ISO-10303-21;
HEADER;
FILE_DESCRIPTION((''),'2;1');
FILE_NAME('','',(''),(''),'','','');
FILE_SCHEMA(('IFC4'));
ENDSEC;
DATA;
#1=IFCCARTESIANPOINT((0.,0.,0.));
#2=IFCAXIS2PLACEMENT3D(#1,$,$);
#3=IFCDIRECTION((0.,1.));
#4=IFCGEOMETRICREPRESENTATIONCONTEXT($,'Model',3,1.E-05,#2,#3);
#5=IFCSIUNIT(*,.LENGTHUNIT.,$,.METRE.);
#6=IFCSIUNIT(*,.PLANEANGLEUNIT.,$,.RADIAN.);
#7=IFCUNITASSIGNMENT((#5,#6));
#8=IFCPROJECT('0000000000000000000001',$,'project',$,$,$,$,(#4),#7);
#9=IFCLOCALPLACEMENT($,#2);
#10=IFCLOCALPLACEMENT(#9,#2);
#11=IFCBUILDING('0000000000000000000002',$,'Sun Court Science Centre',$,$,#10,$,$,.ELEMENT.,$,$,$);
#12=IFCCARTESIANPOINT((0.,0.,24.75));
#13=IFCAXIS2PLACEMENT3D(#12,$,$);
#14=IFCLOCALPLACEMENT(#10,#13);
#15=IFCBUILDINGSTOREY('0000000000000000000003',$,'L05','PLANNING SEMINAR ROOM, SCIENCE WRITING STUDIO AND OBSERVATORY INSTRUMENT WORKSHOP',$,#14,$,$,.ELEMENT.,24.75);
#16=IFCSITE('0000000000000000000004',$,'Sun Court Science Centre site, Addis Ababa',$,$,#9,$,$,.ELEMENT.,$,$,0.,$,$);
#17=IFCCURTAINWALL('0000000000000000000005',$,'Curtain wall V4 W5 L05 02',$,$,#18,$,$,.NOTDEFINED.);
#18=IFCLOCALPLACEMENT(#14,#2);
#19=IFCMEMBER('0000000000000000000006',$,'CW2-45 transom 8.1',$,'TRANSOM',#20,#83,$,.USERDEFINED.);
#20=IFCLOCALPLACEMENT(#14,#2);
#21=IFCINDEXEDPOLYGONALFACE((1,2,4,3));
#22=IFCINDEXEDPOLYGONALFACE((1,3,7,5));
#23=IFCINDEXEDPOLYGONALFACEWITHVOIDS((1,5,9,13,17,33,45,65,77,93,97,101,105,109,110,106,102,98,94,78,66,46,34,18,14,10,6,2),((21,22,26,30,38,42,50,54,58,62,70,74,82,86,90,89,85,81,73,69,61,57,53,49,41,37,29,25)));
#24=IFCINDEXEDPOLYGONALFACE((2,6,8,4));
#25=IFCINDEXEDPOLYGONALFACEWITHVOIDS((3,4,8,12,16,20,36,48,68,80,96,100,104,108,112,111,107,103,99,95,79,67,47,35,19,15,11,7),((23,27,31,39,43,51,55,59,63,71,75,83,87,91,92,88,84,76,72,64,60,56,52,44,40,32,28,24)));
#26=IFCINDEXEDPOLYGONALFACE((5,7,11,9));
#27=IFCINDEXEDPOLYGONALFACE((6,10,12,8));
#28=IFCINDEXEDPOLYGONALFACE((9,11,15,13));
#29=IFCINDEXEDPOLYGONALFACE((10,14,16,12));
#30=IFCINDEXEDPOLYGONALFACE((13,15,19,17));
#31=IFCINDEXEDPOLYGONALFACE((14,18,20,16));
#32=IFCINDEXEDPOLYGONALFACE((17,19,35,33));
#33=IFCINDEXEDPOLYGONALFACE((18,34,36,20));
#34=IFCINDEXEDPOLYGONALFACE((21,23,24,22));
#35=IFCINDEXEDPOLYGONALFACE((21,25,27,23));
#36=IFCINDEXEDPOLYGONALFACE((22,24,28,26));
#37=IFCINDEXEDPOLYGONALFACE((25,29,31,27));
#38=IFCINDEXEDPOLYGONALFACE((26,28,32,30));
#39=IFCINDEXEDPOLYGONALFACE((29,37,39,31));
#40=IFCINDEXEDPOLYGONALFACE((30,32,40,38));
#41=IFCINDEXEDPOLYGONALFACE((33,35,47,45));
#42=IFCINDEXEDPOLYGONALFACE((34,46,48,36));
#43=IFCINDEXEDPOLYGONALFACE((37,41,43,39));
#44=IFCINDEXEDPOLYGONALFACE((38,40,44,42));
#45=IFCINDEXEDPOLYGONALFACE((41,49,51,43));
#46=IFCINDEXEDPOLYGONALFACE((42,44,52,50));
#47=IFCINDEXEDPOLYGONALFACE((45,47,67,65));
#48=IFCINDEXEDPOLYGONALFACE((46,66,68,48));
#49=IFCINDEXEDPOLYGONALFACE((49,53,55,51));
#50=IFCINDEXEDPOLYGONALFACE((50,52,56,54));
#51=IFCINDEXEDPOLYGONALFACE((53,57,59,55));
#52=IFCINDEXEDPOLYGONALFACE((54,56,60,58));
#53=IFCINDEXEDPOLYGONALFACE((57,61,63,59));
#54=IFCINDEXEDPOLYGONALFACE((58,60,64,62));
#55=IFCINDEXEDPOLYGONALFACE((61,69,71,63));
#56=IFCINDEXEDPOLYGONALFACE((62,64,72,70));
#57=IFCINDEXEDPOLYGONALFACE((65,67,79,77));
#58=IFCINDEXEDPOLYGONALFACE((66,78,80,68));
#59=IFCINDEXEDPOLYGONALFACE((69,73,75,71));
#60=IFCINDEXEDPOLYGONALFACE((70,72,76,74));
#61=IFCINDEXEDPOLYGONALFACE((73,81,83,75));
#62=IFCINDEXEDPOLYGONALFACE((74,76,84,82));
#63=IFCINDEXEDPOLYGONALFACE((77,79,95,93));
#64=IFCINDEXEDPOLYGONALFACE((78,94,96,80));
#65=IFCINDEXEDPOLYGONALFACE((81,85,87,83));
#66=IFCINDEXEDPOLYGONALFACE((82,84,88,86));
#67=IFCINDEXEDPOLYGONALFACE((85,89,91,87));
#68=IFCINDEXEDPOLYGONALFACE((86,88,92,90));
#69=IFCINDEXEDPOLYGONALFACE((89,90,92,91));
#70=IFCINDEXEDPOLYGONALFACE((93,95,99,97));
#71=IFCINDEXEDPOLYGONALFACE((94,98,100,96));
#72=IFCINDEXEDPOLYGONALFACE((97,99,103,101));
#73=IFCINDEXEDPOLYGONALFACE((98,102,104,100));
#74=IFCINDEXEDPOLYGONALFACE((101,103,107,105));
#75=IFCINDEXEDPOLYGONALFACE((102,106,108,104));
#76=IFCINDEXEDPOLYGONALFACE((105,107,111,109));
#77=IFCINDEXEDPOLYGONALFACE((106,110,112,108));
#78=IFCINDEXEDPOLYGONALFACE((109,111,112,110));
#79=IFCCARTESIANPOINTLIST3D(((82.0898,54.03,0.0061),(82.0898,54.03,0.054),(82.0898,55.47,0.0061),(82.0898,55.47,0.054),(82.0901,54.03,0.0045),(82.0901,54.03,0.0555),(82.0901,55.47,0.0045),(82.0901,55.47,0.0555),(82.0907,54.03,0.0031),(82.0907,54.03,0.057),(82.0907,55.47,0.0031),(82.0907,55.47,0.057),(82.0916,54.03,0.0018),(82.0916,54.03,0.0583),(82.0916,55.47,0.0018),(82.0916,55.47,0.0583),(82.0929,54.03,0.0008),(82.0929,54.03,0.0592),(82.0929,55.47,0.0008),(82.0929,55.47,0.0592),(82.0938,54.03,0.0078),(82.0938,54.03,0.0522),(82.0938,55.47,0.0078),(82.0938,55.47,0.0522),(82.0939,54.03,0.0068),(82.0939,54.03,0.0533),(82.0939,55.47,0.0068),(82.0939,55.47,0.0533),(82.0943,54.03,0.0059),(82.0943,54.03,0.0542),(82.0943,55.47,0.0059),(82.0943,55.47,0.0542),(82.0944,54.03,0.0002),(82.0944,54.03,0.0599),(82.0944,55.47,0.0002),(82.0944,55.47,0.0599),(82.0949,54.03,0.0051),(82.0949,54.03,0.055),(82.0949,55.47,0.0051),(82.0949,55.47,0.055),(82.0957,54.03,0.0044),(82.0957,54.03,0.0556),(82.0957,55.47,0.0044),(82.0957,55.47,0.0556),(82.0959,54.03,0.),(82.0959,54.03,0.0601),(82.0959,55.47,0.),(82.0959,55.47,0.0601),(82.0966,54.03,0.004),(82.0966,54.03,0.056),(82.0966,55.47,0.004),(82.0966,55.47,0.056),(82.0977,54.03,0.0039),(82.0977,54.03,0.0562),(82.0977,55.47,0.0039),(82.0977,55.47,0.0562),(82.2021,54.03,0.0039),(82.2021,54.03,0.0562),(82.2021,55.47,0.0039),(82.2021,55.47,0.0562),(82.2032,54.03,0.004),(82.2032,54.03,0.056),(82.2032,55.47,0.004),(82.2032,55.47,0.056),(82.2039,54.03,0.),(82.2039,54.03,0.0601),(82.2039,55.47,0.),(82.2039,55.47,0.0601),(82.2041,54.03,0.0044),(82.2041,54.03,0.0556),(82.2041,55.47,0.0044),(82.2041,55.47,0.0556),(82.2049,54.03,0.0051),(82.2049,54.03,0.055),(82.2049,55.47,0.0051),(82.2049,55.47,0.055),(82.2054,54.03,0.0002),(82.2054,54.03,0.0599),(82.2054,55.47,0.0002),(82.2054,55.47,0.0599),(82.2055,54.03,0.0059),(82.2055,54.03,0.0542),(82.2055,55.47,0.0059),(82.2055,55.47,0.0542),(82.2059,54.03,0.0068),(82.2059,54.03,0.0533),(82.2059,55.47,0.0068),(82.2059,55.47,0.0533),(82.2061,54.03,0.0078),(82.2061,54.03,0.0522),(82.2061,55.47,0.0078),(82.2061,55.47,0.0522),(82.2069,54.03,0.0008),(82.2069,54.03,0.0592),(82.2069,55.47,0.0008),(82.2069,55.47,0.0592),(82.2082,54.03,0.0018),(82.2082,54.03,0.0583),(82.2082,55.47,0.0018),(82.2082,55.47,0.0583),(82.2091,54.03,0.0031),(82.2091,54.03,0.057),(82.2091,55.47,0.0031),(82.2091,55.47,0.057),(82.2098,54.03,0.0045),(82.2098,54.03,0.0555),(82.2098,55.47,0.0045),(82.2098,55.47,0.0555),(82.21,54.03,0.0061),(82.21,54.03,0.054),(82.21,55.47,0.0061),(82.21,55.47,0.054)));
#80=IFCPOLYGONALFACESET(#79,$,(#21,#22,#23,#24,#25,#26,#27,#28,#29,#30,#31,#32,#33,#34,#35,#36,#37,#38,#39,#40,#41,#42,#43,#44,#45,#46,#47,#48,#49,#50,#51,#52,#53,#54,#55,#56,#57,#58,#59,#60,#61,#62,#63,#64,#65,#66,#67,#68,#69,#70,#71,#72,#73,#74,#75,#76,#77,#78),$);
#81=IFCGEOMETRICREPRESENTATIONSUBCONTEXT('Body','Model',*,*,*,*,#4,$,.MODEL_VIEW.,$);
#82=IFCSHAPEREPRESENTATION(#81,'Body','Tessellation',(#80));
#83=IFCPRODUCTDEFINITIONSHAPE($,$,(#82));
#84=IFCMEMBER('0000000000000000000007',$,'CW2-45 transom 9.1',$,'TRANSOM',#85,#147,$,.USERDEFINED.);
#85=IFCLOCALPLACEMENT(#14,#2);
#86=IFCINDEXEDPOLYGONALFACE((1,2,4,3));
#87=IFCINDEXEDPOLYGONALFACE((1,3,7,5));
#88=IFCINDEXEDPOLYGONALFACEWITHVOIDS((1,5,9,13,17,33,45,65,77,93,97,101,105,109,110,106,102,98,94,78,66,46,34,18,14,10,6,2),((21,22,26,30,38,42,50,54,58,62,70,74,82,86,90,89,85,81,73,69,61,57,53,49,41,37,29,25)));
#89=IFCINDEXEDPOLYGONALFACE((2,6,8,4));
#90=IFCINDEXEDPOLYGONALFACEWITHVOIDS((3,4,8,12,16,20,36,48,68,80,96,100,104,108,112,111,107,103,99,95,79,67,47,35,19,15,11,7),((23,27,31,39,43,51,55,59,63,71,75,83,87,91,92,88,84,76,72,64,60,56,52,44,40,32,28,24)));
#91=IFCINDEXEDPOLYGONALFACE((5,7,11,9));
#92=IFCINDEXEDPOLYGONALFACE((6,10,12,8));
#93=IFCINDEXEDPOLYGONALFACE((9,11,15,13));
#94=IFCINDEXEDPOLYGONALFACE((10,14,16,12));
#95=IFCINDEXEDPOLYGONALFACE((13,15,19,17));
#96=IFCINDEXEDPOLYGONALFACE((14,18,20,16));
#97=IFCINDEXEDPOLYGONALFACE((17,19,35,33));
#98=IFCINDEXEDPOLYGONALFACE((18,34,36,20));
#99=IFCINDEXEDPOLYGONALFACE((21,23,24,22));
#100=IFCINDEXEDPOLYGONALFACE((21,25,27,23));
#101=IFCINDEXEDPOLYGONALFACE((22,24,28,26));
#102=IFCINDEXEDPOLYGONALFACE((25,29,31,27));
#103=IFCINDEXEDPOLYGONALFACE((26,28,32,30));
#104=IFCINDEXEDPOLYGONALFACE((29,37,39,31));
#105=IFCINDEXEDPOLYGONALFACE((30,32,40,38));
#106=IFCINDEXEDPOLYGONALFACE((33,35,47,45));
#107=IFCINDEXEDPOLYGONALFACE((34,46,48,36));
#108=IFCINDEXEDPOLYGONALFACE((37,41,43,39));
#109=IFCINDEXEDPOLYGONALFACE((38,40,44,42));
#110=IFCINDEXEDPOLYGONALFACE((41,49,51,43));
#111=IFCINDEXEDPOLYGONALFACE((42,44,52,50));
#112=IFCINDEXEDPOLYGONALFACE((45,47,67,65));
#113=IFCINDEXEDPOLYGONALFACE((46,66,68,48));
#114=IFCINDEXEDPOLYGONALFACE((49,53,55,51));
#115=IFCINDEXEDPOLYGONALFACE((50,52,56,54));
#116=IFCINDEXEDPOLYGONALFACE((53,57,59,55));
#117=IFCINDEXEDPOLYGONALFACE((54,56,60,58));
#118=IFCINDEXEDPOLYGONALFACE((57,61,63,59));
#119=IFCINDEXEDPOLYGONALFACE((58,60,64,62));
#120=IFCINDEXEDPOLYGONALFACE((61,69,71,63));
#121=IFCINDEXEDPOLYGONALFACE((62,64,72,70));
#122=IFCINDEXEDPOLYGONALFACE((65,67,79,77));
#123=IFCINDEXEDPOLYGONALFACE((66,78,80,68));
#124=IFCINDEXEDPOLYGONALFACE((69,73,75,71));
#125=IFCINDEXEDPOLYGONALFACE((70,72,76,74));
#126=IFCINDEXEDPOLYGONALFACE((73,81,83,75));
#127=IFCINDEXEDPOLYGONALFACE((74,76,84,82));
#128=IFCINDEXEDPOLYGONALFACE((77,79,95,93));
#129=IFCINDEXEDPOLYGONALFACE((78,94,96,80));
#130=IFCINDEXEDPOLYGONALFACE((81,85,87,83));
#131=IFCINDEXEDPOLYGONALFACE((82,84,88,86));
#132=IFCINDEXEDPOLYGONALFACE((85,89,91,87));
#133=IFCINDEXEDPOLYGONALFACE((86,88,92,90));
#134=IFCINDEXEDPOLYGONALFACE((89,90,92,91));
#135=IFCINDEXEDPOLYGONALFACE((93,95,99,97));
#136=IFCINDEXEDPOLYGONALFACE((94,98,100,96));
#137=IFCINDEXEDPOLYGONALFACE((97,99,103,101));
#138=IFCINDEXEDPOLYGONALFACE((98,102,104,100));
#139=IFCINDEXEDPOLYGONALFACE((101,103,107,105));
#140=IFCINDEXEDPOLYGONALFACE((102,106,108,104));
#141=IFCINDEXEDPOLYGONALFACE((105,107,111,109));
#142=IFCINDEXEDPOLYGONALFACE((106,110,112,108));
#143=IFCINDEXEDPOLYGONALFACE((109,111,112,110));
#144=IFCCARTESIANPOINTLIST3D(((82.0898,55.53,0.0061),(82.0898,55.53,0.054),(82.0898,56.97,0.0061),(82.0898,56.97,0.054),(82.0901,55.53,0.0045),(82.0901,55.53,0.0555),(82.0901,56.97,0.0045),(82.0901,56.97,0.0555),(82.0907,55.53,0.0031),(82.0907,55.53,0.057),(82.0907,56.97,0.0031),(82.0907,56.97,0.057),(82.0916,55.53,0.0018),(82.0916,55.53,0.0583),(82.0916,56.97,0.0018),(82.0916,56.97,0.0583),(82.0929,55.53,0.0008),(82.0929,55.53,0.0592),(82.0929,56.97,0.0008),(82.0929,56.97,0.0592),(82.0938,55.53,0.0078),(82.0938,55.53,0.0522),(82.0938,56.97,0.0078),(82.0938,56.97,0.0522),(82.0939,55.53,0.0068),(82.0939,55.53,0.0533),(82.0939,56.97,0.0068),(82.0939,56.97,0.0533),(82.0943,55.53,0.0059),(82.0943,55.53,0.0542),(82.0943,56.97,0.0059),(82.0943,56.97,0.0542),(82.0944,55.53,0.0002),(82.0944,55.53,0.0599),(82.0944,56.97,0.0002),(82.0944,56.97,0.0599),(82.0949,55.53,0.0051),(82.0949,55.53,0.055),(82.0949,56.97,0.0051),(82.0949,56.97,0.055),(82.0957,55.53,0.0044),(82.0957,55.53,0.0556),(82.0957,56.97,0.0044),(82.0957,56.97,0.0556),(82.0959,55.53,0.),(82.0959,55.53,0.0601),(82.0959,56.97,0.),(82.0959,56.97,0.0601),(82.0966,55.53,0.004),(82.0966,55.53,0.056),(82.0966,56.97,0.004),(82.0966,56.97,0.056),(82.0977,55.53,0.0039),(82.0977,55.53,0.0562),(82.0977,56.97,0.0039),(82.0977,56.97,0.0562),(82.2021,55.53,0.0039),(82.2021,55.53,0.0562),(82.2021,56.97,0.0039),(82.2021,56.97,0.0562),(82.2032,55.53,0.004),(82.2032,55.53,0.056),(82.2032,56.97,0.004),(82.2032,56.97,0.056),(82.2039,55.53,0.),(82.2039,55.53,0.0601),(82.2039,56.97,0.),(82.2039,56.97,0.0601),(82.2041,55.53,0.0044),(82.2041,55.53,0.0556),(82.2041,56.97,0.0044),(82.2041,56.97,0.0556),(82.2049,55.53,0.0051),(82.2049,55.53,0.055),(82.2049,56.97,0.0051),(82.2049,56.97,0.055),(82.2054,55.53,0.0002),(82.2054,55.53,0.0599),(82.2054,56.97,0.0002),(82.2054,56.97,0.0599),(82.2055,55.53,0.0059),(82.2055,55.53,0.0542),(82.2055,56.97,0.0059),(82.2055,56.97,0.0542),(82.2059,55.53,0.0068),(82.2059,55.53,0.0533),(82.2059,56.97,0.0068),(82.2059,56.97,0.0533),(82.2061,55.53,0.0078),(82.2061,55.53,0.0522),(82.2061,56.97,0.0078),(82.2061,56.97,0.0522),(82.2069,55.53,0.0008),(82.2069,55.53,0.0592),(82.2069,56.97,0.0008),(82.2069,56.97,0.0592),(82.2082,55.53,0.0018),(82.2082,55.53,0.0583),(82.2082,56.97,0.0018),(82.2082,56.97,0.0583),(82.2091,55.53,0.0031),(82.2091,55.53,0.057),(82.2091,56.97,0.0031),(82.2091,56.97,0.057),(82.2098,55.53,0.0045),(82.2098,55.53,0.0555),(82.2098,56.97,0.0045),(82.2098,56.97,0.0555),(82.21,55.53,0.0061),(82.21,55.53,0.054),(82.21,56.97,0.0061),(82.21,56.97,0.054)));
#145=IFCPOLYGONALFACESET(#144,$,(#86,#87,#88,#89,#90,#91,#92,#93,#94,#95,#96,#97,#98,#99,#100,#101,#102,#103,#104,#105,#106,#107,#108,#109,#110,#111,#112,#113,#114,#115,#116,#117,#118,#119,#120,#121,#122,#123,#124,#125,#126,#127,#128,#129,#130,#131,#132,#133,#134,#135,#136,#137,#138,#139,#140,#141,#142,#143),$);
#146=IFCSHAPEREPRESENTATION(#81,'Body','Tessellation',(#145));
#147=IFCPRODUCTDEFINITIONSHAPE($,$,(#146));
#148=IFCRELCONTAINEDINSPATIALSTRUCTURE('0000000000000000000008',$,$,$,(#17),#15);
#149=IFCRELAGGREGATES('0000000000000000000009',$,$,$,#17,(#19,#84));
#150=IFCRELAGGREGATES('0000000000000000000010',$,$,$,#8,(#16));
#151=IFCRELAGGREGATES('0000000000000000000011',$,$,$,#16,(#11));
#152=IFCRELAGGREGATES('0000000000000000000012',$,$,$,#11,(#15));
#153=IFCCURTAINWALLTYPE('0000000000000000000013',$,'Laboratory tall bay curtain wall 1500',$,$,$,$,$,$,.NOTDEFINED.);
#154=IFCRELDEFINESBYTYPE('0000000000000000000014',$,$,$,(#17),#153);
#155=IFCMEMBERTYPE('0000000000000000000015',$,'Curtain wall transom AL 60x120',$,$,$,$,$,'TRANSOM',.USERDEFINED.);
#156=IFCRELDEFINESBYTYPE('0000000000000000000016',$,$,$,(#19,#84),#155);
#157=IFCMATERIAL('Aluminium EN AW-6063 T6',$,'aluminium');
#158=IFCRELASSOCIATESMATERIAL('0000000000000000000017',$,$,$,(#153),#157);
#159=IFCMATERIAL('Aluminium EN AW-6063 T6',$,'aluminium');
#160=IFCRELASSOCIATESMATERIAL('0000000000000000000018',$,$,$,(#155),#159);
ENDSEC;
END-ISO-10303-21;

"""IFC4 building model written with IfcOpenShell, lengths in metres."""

from ifc_helpers import new_model, si_unit, direction, frame, origin, origin_2d, place, context, subcontext, project, spatial, hollow_rectangle, extrude, material, material_profile, profile_set, type_object, element, aggregate, save


model = new_model("IFC4")

# Units and contexts
model_context = context("Model", 3, precision=1e-05, world=origin(), true_north=direction((0.0, 1.0)))
body_context = subcontext(model_context, "Body", "Model", "MODEL_VIEW")
ifc_project = project(units=[si_unit("LENGTHUNIT", "METRE"), si_unit("PLANEANGLEUNIT", "RADIAN")], contexts=[model_context])

# Site, building, storey
site_placement = place(None, origin())
site = spatial("IfcSite", under=ifc_project, at=site_placement, Name="Sun Court Science Centre site, Addis Ababa", CompositionType="ELEMENT", RefElevation=0.0)
building_placement = place(site_placement, origin())
building = spatial("IfcBuilding", under=site, at=building_placement, Name="Sun Court Science Centre", CompositionType="ELEMENT")
storey_placement = place(building_placement, frame((0.0, 0.0, 24.75)))
storey = spatial("IfcBuildingStorey", under=building, at=storey_placement, Name="L05", Description="PLANNING SEMINAR ROOM, SCIENCE WRITING STUDIO AND OBSERVATORY INSTRUMENT WORKSHOP", CompositionType="ELEMENT", Elevation=24.75)

# Curtain wall, members
ifc_material_1 = material(Name="Aluminium EN AW-6063 T6", Category="aluminium")
curtain_wall_type = type_object("IfcCurtainWallType", Name="Laboratory tall bay curtain wall 1500", PredefinedType="NOTDEFINED", material=ifc_material_1)
curtain_wall_placement = place(storey_placement, origin())
curtain_wall = element("IfcCurtainWall", 1, at=curtain_wall_placement, inside=storey, type_object=curtain_wall_type, Name="Curtain wall V4 W5 L05 02", PredefinedType="NOTDEFINED")
ifc_material_2 = material(Name="Aluminium EN AW-6063 T6", Category="aluminium")
ifc_material_profile_1 = material_profile(ifc_material_2, hollow_rectangle(XDim=0.0601, YDim=0.1201, WallThickness=0.0039, InnerFilletRadius=0.0039, OuterFilletRadius=0.0061, at=origin_2d()), Name="AL 60x120x4")
ifc_profile_set_1 = profile_set([ifc_material_profile_1], Name="Aluminium EN AW-6063 T6")
member_type_1 = type_object("IfcMemberType", Name="Curtain wall transom AL 60x120", ElementType="TRANSOM", PredefinedType="USERDEFINED", material=ifc_profile_set_1)
member_1_placement = place(storey_placement, frame((82.1499, 54.03, 0.03), z_axis=(0.0, 1.0, 0.0), x_axis=(0.0, 0.0, 1.0)))
member_1 = element("IfcMember", 2, at=member_1_placement, type_object=member_type_1, Name="CW2-45 transom 8.1", ObjectType="TRANSOM", PredefinedType="USERDEFINED", context=body_context, shape_type="SweptSolid", body=[
    extrude(hollow_rectangle(XDim=0.0601, YDim=0.1201, WallThickness=0.0039, InnerFilletRadius=0.0039, OuterFilletRadius=0.0061, at=origin_2d()), origin(), (0.0, 0.0, 1.0), 1.4399),
])
member_2_placement = place(storey_placement, frame((82.1499, 55.53, 0.03), z_axis=(0.0, 1.0, 0.0), x_axis=(0.0, 0.0, 1.0)))
member_2 = element("IfcMember", 3, at=member_2_placement, type_object=member_type_1, Name="CW2-45 transom 9.1", ObjectType="TRANSOM", PredefinedType="USERDEFINED", context=body_context, shape_type="SweptSolid", body=[
    extrude(hollow_rectangle(XDim=0.0601, YDim=0.1201, WallThickness=0.0039, InnerFilletRadius=0.0039, OuterFilletRadius=0.0061, at=origin_2d()), origin(), (0.0, 0.0, 1.0), 1.4399),
])

aggregate(curtain_wall, [member_1, member_2])

save(model, "model.ifc")
